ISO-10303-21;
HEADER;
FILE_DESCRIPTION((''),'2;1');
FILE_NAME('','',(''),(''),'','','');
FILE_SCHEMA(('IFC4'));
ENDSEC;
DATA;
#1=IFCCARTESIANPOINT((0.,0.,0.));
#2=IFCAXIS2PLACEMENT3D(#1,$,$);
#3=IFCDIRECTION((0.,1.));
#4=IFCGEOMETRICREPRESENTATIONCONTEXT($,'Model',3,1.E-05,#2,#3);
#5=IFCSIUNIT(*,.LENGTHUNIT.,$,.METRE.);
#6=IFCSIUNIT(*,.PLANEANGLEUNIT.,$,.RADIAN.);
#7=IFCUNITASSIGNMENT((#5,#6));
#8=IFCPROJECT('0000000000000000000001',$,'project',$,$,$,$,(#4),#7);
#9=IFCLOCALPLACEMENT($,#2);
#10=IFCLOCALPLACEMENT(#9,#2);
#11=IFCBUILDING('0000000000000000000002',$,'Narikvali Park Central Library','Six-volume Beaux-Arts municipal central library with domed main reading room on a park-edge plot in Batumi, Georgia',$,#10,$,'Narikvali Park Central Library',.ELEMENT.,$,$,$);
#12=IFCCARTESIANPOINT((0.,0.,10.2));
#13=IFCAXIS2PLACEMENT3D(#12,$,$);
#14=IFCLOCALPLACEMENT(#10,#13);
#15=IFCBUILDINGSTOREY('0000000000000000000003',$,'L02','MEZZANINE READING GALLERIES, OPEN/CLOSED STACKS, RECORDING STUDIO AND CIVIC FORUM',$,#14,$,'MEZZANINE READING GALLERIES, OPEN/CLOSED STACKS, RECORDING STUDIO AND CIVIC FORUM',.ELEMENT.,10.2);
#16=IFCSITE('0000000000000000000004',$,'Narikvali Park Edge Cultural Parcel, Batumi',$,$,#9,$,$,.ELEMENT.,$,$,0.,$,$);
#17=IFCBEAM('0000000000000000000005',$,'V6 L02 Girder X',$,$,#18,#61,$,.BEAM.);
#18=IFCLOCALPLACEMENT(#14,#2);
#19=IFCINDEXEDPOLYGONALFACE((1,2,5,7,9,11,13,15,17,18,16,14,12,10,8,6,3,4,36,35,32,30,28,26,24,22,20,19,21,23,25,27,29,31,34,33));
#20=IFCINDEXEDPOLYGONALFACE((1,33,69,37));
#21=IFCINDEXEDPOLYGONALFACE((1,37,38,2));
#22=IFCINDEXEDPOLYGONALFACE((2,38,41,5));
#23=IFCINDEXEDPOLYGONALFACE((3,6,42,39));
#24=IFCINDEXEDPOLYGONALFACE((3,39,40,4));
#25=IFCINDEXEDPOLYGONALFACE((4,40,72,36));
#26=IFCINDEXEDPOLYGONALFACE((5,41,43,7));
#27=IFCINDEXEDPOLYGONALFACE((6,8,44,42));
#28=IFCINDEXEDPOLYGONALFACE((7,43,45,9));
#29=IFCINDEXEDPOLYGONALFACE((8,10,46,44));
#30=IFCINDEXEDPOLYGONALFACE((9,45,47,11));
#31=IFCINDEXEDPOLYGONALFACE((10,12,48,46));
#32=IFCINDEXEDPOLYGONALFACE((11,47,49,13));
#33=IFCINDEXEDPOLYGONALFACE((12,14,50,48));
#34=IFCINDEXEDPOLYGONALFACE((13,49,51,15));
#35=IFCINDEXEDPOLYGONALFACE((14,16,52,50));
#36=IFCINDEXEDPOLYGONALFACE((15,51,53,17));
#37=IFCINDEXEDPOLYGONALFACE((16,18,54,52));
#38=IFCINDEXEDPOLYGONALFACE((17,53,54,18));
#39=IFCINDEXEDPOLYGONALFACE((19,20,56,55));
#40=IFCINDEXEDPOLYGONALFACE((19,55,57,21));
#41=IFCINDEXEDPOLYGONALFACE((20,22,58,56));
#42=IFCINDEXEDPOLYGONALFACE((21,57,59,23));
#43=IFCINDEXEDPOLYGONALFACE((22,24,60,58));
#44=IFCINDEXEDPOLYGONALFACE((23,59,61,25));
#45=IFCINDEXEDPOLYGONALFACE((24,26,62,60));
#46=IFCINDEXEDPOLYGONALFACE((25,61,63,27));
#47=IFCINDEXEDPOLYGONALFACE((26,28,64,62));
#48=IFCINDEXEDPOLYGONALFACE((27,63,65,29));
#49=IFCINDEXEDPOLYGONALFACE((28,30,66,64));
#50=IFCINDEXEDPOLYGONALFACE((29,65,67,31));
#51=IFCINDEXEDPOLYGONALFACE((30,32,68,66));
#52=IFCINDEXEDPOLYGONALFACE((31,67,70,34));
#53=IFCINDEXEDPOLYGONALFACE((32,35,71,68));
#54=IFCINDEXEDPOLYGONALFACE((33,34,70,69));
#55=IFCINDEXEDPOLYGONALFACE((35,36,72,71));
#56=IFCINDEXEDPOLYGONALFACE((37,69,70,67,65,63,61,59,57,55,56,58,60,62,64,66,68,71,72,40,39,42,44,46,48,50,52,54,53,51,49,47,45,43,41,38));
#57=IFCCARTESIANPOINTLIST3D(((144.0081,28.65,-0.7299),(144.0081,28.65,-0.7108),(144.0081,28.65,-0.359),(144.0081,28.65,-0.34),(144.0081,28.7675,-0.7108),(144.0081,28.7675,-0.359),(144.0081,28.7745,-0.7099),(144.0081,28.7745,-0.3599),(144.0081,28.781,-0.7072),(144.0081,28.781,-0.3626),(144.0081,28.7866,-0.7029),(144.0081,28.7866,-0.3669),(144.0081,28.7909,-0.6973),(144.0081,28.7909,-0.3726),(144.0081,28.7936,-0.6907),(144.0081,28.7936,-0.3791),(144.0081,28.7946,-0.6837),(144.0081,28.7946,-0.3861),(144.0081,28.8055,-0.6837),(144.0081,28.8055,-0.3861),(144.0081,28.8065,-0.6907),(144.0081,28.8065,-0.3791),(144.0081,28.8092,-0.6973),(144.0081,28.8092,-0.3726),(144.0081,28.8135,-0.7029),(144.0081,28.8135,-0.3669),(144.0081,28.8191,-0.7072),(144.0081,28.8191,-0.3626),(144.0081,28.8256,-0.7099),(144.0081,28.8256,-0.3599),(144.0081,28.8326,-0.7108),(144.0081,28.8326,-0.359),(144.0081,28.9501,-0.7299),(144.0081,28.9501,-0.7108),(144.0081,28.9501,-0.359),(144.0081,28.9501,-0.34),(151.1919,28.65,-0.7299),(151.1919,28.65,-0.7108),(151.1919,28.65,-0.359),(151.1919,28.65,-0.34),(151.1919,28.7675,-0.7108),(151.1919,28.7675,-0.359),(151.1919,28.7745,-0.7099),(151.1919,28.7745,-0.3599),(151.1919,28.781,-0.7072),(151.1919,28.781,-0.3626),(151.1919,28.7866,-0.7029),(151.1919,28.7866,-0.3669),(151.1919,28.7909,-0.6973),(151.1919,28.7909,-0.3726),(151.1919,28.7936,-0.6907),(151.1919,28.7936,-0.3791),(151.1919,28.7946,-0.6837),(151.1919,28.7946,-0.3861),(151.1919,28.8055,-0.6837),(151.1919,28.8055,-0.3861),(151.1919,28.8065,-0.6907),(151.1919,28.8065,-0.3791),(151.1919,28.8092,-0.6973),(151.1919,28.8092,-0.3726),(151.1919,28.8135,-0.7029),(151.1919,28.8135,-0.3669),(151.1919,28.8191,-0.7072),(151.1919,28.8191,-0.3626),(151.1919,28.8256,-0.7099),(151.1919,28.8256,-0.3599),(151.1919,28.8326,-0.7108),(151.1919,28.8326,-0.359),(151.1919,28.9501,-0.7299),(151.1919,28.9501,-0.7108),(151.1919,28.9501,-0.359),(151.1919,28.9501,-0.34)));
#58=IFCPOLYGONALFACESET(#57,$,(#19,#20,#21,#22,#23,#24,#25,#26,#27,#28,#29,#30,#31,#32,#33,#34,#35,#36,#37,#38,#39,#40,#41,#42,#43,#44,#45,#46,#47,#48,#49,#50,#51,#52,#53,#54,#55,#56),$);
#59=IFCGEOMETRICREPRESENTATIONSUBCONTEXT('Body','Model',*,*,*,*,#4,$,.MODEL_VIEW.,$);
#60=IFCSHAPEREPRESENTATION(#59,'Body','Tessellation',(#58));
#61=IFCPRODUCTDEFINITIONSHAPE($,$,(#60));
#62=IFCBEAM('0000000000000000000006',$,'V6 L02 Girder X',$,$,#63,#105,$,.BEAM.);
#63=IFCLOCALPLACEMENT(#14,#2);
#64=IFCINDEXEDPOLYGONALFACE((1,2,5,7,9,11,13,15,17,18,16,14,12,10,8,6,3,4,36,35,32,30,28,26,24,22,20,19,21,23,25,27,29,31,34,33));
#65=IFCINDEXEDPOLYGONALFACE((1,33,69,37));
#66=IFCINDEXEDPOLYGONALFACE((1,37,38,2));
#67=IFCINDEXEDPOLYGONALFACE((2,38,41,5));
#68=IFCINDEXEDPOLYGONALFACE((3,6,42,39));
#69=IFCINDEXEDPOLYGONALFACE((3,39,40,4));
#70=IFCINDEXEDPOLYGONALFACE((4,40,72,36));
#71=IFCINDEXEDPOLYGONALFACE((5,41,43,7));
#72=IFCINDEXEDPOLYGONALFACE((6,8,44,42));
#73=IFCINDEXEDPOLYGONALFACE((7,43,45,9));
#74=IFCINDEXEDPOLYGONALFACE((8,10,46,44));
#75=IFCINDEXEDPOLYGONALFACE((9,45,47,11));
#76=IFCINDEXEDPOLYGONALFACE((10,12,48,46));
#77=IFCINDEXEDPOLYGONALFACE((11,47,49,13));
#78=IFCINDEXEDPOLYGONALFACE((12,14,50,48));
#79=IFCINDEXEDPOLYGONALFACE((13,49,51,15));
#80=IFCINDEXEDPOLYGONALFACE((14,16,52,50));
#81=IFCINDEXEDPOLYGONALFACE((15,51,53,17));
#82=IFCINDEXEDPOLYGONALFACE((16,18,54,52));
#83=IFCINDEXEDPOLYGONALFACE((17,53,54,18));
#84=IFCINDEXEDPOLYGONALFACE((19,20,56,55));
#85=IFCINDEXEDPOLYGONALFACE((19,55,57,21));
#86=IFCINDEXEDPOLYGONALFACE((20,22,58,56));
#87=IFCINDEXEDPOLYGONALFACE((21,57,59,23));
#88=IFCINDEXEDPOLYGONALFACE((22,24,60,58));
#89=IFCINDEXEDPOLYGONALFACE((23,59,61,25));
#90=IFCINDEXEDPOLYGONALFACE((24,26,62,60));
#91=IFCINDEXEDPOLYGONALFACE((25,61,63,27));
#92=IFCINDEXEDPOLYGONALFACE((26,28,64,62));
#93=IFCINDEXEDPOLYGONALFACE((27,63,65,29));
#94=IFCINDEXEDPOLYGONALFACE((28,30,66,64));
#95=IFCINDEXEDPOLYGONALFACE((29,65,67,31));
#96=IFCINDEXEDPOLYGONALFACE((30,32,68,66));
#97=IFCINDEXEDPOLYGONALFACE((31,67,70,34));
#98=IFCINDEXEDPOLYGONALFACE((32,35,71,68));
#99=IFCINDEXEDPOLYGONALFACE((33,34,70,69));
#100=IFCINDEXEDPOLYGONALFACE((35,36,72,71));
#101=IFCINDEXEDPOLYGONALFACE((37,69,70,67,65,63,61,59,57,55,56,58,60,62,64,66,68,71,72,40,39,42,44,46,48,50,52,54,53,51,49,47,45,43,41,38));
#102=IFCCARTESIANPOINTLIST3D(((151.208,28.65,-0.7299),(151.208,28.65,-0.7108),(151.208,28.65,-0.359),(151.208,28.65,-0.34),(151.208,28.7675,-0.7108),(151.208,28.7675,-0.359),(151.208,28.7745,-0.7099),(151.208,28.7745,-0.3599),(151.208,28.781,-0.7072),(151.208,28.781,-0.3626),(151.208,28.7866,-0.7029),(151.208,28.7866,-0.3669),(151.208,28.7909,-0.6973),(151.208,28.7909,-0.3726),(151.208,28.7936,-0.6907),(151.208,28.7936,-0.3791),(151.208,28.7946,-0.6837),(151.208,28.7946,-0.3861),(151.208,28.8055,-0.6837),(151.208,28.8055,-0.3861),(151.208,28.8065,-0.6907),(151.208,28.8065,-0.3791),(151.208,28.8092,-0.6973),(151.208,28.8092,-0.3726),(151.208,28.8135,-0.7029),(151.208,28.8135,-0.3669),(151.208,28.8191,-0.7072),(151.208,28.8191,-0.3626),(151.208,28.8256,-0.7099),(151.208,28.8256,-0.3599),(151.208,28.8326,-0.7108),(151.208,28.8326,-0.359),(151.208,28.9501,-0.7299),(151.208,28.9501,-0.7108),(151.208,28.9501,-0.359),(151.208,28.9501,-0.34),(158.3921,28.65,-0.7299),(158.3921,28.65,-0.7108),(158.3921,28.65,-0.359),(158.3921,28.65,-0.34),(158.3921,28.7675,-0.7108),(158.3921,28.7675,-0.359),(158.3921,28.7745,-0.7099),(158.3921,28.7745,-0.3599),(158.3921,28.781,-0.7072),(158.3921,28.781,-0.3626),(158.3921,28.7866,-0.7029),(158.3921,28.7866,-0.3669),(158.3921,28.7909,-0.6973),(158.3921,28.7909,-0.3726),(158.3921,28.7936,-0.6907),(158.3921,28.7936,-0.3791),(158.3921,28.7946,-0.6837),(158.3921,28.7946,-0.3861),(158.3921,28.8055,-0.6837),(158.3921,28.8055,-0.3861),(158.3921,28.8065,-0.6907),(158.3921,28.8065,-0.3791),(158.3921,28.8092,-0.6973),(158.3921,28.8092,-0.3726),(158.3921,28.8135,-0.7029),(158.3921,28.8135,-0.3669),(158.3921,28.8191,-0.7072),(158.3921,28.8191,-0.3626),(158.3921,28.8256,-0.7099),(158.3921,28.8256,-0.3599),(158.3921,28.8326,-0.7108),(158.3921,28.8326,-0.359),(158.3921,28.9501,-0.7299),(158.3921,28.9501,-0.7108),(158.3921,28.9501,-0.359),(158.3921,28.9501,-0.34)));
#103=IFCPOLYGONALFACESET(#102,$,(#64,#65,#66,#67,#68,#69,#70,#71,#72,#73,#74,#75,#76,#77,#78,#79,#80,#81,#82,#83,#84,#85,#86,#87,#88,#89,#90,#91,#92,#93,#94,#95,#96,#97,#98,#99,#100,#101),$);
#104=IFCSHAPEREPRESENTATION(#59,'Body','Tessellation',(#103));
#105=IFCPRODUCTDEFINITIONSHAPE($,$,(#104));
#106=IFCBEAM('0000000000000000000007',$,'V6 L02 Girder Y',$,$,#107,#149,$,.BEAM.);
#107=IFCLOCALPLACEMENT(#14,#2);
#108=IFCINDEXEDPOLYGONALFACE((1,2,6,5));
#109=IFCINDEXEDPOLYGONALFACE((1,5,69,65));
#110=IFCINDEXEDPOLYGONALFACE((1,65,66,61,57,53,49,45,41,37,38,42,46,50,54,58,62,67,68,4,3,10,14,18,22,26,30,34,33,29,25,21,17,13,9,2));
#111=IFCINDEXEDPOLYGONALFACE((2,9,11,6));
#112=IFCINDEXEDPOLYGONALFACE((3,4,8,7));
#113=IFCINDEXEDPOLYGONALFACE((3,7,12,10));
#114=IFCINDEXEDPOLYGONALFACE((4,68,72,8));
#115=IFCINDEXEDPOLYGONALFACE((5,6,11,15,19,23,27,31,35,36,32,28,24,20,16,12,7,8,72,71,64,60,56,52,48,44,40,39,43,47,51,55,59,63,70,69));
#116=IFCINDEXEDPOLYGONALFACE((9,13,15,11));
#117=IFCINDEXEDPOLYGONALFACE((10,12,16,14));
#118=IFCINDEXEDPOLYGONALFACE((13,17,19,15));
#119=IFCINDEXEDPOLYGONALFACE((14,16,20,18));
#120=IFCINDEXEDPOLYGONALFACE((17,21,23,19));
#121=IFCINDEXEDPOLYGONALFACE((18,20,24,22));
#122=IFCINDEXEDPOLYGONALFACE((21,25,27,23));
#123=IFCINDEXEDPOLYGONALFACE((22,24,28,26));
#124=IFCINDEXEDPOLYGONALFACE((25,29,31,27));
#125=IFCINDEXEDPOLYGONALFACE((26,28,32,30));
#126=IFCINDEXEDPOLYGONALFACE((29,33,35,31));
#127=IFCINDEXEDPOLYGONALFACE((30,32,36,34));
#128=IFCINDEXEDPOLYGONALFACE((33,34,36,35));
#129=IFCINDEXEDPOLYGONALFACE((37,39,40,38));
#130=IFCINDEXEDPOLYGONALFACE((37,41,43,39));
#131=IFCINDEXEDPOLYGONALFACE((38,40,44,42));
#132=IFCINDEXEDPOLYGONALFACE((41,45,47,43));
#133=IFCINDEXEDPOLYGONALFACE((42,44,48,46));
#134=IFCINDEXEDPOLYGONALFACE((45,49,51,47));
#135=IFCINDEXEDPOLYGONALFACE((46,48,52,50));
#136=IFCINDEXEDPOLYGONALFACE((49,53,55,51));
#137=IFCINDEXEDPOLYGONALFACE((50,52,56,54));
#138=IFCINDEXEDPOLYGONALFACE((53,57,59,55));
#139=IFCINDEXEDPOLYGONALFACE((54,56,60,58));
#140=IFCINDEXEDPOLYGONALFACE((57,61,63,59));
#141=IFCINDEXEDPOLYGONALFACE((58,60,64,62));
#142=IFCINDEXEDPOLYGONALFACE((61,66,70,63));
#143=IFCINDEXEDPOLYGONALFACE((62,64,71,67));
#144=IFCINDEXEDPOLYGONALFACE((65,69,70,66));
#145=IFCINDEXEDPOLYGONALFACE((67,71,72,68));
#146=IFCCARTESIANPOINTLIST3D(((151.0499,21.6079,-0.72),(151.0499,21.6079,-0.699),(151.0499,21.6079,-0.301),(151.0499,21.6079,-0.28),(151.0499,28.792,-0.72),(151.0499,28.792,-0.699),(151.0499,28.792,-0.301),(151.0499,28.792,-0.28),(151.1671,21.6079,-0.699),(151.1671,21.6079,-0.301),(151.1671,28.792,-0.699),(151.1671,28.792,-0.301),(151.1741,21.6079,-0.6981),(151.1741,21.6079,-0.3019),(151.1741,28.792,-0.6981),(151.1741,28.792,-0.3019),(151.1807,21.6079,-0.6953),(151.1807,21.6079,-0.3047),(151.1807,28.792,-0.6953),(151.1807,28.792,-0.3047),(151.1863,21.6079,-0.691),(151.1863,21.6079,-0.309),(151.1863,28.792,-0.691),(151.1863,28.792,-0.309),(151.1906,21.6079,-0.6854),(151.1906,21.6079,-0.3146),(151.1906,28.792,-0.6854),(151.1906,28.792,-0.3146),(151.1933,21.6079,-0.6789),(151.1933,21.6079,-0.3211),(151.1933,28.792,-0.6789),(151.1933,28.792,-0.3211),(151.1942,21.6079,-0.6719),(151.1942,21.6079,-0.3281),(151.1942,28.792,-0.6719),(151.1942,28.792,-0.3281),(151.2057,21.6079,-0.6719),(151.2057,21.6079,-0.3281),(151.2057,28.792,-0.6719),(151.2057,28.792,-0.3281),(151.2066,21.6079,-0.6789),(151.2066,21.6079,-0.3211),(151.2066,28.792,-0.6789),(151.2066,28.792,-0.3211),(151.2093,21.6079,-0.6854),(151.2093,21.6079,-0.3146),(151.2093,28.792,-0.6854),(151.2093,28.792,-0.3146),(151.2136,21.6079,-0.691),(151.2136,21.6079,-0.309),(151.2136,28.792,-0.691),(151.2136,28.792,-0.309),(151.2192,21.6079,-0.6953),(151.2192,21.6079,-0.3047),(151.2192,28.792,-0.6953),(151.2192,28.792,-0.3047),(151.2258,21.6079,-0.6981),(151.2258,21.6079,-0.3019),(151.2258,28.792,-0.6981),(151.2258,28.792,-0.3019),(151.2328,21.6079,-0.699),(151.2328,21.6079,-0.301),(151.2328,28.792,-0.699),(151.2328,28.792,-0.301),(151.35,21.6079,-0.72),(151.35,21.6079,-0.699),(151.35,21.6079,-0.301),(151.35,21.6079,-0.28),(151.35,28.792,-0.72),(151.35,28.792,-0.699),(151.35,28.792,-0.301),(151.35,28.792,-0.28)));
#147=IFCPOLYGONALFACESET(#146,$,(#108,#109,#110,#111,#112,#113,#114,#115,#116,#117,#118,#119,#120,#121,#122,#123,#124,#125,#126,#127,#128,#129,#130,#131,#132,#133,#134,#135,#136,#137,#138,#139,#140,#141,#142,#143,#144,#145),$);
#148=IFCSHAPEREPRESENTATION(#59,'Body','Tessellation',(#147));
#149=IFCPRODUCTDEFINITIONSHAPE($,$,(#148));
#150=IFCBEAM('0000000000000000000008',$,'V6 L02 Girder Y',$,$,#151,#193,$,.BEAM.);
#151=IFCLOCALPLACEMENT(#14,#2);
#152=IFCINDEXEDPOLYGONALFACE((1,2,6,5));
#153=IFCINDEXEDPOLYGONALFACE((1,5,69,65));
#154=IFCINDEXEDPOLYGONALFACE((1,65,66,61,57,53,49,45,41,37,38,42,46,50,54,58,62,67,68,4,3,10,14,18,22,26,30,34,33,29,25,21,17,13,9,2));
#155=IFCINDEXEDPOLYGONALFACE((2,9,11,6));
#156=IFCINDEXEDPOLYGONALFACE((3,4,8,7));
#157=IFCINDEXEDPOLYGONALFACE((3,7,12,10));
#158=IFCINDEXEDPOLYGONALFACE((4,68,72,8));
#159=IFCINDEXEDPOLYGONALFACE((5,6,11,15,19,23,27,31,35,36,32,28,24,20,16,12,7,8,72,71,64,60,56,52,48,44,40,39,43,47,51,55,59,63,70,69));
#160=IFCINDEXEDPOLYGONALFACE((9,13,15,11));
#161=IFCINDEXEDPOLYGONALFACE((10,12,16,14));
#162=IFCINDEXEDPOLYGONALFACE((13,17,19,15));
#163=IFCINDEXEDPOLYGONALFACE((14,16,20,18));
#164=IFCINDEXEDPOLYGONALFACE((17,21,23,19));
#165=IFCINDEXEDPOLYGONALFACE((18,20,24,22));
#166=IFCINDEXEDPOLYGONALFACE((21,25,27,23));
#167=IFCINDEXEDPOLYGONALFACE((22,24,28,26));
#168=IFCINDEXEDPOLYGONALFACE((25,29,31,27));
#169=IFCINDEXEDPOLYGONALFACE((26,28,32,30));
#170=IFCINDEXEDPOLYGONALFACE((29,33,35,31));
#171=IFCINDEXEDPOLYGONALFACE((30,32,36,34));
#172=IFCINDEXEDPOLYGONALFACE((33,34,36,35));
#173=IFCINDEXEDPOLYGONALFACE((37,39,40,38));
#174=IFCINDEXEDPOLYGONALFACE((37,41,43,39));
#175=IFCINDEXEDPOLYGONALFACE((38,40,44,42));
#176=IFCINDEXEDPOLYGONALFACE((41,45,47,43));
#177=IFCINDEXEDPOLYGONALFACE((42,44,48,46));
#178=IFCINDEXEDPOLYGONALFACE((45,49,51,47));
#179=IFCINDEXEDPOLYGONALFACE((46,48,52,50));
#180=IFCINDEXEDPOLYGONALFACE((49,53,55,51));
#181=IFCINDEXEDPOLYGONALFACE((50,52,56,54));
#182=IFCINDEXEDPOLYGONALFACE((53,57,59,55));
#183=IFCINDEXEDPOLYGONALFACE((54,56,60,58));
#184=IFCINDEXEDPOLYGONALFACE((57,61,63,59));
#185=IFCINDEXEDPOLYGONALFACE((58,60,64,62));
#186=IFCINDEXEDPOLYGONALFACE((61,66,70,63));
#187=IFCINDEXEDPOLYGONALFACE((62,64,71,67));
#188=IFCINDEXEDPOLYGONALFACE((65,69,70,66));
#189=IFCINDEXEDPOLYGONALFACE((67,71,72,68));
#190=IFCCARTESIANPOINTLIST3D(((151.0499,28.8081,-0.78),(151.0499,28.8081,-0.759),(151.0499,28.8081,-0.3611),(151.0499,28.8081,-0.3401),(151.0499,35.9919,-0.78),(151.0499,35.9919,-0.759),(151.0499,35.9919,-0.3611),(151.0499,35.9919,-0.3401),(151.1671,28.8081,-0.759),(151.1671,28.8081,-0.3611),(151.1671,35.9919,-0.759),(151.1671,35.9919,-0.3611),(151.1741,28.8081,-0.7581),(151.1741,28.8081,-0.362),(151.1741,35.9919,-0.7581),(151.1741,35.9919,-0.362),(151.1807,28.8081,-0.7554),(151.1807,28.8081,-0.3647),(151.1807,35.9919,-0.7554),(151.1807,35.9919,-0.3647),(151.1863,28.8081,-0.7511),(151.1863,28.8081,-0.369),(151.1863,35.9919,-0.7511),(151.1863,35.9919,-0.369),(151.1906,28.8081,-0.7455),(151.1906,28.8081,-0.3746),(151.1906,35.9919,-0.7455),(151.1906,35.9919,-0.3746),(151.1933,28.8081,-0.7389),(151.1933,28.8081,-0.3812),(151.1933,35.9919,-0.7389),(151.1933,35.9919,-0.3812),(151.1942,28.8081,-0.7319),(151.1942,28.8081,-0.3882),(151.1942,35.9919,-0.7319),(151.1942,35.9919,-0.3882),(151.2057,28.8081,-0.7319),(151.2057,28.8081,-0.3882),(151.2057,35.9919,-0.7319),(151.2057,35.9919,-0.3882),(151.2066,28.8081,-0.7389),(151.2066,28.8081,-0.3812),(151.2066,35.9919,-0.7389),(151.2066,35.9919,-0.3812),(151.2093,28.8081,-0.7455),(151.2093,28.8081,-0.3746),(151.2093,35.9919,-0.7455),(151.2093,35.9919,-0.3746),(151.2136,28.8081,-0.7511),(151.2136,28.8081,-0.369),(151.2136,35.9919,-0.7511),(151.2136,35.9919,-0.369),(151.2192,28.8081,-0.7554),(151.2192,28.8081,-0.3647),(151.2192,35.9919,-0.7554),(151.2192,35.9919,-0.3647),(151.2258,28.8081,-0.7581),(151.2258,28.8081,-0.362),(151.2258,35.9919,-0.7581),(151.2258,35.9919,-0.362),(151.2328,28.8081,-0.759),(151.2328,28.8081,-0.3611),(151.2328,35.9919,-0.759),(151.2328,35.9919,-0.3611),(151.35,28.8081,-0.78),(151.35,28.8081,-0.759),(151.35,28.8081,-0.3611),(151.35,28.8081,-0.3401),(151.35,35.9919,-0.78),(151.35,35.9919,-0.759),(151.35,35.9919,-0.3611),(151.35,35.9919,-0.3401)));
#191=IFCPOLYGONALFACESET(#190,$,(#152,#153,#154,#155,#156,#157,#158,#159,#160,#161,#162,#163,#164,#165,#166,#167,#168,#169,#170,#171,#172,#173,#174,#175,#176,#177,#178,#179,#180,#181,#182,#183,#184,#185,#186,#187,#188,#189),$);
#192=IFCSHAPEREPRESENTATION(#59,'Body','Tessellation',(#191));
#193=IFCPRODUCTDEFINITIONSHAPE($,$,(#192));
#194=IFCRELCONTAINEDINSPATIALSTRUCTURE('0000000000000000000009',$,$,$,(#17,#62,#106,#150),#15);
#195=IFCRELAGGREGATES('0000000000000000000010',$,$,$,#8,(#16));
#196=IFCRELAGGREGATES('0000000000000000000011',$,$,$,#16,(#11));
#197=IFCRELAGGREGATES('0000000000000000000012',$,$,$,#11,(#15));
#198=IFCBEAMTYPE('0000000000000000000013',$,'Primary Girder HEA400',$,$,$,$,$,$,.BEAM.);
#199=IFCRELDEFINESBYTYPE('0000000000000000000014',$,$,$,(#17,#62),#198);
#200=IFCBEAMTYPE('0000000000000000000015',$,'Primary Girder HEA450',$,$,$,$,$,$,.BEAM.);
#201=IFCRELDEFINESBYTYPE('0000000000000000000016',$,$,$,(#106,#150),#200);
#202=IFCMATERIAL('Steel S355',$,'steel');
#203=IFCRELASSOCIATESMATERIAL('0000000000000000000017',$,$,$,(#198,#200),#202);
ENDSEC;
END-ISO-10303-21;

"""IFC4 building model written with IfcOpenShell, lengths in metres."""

from ifc_helpers import new_model, si_unit, direction, frame, origin, origin_2d, place, context, subcontext, project, spatial, i_section, extrude, material, material_profile, profile_set, type_object, element, save


model = new_model("IFC4")

# Units and contexts
model_context = context("Model", 3, precision=1e-05, world=origin(), true_north=direction((0.0, 1.0)))
body_context = subcontext(model_context, "Body", "Model", "MODEL_VIEW")
ifc_project = project(units=[si_unit("LENGTHUNIT", "METRE"), si_unit("PLANEANGLEUNIT", "RADIAN")], contexts=[model_context])

# Site, building, storey
site_placement = place(None, origin())
site = spatial("IfcSite", under=ifc_project, at=site_placement, Name="Narikvali Park Edge Cultural Parcel, Batumi", CompositionType="ELEMENT", RefElevation=0.0)
building_placement = place(site_placement, origin())
building = spatial("IfcBuilding", under=site, at=building_placement, Name="Narikvali Park Central Library", Description="Six-volume Beaux-Arts municipal central library with domed main reading room on a park-edge plot in Batumi, Georgia", LongName="Narikvali Park Central Library", CompositionType="ELEMENT")
storey_placement = place(building_placement, frame((0.0, 0.0, 10.2)))
storey = spatial("IfcBuildingStorey", under=building, at=storey_placement, Name="L02", Description="MEZZANINE READING GALLERIES, OPEN/CLOSED STACKS, RECORDING STUDIO AND CIVIC FORUM", LongName="MEZZANINE READING GALLERIES, OPEN/CLOSED STACKS, RECORDING STUDIO AND CIVIC FORUM", CompositionType="ELEMENT", Elevation=10.2)

# Shared definitions
ifc_material_1 = material(Name="Steel S355", Category="steel")

# Beams
ifc_material_profile_1 = material_profile(ifc_material_1, i_section(OverallWidth=0.3, OverallDepth=0.3899, WebThickness=0.011, FlangeThickness=0.019, FilletRadius=0.0271, at=origin_2d()), Name="HEA 400")
ifc_profile_set_1 = profile_set([ifc_material_profile_1], Name="Steel S355")
beam_type_1 = type_object("IfcBeamType", Name="Primary Girder HEA400", PredefinedType="BEAM", material=ifc_profile_set_1)
beam_1_placement = place(storey_placement, frame((144.0081, 28.8, -0.5349), z_axis=(1.0, 0.0, 0.0), x_axis=(0.0, 1.0, 0.0)))
element("IfcBeam", 1, at=beam_1_placement, inside=storey, type_object=beam_type_1, Name="V6 L02 Girder X", PredefinedType="BEAM", context=body_context, shape_type="SweptSolid", body=[
    extrude(i_section(OverallWidth=0.3, OverallDepth=0.3899, WebThickness=0.011, FlangeThickness=0.019, FilletRadius=0.0271, at=origin_2d()), origin(), (0.0, 0.0, 1.0), 7.1838),
])
beam_2_placement = place(storey_placement, frame((151.208, 28.8, -0.5349), z_axis=(1.0, 0.0, 0.0), x_axis=(0.0, 1.0, 0.0)))
element("IfcBeam", 2, at=beam_2_placement, inside=storey, type_object=beam_type_1, Name="V6 L02 Girder X", PredefinedType="BEAM", context=body_context, shape_type="SweptSolid", body=[
    extrude(i_section(OverallWidth=0.3, OverallDepth=0.3899, WebThickness=0.011, FlangeThickness=0.019, FilletRadius=0.0271, at=origin_2d()), origin(), (0.0, 0.0, 1.0), 7.1841),
])
ifc_material_profile_2 = material_profile(ifc_material_1, i_section(OverallWidth=0.3, OverallDepth=0.4399, WebThickness=0.0115, FlangeThickness=0.021, FilletRadius=0.0271, at=origin_2d()), Name="HEA 450")
ifc_profile_set_2 = profile_set([ifc_material_profile_2], Name="Steel S355")
beam_type_2 = type_object("IfcBeamType", Name="Primary Girder HEA450", PredefinedType="BEAM", material=ifc_profile_set_2)
beam_3_placement = place(storey_placement, frame((151.2, 21.6079, -0.5), z_axis=(0.0, 1.0, 0.0), x_axis=(-1.0, 0.0, 0.0)))
element("IfcBeam", 3, at=beam_3_placement, inside=storey, type_object=beam_type_2, Name="V6 L02 Girder Y", PredefinedType="BEAM", context=body_context, shape_type="SweptSolid", body=[
    extrude(i_section(OverallWidth=0.3, OverallDepth=0.4399, WebThickness=0.0115, FlangeThickness=0.021, FilletRadius=0.0271, at=origin_2d()), origin(), (0.0, 0.0, 1.0), 7.1841),
])
beam_4_placement = place(storey_placement, frame((151.2, 28.8081, -0.5601), z_axis=(0.0, 1.0, 0.0), x_axis=(-1.0, 0.0, 0.0)))
element("IfcBeam", 4, at=beam_4_placement, inside=storey, type_object=beam_type_2, Name="V6 L02 Girder Y", PredefinedType="BEAM", context=body_context, shape_type="SweptSolid", body=[
    extrude(i_section(OverallWidth=0.3, OverallDepth=0.4399, WebThickness=0.0115, FlangeThickness=0.021, FilletRadius=0.0271, at=origin_2d()), origin(), (0.0, 0.0, 1.0), 7.1838),
])

save(model, "model.ifc")
